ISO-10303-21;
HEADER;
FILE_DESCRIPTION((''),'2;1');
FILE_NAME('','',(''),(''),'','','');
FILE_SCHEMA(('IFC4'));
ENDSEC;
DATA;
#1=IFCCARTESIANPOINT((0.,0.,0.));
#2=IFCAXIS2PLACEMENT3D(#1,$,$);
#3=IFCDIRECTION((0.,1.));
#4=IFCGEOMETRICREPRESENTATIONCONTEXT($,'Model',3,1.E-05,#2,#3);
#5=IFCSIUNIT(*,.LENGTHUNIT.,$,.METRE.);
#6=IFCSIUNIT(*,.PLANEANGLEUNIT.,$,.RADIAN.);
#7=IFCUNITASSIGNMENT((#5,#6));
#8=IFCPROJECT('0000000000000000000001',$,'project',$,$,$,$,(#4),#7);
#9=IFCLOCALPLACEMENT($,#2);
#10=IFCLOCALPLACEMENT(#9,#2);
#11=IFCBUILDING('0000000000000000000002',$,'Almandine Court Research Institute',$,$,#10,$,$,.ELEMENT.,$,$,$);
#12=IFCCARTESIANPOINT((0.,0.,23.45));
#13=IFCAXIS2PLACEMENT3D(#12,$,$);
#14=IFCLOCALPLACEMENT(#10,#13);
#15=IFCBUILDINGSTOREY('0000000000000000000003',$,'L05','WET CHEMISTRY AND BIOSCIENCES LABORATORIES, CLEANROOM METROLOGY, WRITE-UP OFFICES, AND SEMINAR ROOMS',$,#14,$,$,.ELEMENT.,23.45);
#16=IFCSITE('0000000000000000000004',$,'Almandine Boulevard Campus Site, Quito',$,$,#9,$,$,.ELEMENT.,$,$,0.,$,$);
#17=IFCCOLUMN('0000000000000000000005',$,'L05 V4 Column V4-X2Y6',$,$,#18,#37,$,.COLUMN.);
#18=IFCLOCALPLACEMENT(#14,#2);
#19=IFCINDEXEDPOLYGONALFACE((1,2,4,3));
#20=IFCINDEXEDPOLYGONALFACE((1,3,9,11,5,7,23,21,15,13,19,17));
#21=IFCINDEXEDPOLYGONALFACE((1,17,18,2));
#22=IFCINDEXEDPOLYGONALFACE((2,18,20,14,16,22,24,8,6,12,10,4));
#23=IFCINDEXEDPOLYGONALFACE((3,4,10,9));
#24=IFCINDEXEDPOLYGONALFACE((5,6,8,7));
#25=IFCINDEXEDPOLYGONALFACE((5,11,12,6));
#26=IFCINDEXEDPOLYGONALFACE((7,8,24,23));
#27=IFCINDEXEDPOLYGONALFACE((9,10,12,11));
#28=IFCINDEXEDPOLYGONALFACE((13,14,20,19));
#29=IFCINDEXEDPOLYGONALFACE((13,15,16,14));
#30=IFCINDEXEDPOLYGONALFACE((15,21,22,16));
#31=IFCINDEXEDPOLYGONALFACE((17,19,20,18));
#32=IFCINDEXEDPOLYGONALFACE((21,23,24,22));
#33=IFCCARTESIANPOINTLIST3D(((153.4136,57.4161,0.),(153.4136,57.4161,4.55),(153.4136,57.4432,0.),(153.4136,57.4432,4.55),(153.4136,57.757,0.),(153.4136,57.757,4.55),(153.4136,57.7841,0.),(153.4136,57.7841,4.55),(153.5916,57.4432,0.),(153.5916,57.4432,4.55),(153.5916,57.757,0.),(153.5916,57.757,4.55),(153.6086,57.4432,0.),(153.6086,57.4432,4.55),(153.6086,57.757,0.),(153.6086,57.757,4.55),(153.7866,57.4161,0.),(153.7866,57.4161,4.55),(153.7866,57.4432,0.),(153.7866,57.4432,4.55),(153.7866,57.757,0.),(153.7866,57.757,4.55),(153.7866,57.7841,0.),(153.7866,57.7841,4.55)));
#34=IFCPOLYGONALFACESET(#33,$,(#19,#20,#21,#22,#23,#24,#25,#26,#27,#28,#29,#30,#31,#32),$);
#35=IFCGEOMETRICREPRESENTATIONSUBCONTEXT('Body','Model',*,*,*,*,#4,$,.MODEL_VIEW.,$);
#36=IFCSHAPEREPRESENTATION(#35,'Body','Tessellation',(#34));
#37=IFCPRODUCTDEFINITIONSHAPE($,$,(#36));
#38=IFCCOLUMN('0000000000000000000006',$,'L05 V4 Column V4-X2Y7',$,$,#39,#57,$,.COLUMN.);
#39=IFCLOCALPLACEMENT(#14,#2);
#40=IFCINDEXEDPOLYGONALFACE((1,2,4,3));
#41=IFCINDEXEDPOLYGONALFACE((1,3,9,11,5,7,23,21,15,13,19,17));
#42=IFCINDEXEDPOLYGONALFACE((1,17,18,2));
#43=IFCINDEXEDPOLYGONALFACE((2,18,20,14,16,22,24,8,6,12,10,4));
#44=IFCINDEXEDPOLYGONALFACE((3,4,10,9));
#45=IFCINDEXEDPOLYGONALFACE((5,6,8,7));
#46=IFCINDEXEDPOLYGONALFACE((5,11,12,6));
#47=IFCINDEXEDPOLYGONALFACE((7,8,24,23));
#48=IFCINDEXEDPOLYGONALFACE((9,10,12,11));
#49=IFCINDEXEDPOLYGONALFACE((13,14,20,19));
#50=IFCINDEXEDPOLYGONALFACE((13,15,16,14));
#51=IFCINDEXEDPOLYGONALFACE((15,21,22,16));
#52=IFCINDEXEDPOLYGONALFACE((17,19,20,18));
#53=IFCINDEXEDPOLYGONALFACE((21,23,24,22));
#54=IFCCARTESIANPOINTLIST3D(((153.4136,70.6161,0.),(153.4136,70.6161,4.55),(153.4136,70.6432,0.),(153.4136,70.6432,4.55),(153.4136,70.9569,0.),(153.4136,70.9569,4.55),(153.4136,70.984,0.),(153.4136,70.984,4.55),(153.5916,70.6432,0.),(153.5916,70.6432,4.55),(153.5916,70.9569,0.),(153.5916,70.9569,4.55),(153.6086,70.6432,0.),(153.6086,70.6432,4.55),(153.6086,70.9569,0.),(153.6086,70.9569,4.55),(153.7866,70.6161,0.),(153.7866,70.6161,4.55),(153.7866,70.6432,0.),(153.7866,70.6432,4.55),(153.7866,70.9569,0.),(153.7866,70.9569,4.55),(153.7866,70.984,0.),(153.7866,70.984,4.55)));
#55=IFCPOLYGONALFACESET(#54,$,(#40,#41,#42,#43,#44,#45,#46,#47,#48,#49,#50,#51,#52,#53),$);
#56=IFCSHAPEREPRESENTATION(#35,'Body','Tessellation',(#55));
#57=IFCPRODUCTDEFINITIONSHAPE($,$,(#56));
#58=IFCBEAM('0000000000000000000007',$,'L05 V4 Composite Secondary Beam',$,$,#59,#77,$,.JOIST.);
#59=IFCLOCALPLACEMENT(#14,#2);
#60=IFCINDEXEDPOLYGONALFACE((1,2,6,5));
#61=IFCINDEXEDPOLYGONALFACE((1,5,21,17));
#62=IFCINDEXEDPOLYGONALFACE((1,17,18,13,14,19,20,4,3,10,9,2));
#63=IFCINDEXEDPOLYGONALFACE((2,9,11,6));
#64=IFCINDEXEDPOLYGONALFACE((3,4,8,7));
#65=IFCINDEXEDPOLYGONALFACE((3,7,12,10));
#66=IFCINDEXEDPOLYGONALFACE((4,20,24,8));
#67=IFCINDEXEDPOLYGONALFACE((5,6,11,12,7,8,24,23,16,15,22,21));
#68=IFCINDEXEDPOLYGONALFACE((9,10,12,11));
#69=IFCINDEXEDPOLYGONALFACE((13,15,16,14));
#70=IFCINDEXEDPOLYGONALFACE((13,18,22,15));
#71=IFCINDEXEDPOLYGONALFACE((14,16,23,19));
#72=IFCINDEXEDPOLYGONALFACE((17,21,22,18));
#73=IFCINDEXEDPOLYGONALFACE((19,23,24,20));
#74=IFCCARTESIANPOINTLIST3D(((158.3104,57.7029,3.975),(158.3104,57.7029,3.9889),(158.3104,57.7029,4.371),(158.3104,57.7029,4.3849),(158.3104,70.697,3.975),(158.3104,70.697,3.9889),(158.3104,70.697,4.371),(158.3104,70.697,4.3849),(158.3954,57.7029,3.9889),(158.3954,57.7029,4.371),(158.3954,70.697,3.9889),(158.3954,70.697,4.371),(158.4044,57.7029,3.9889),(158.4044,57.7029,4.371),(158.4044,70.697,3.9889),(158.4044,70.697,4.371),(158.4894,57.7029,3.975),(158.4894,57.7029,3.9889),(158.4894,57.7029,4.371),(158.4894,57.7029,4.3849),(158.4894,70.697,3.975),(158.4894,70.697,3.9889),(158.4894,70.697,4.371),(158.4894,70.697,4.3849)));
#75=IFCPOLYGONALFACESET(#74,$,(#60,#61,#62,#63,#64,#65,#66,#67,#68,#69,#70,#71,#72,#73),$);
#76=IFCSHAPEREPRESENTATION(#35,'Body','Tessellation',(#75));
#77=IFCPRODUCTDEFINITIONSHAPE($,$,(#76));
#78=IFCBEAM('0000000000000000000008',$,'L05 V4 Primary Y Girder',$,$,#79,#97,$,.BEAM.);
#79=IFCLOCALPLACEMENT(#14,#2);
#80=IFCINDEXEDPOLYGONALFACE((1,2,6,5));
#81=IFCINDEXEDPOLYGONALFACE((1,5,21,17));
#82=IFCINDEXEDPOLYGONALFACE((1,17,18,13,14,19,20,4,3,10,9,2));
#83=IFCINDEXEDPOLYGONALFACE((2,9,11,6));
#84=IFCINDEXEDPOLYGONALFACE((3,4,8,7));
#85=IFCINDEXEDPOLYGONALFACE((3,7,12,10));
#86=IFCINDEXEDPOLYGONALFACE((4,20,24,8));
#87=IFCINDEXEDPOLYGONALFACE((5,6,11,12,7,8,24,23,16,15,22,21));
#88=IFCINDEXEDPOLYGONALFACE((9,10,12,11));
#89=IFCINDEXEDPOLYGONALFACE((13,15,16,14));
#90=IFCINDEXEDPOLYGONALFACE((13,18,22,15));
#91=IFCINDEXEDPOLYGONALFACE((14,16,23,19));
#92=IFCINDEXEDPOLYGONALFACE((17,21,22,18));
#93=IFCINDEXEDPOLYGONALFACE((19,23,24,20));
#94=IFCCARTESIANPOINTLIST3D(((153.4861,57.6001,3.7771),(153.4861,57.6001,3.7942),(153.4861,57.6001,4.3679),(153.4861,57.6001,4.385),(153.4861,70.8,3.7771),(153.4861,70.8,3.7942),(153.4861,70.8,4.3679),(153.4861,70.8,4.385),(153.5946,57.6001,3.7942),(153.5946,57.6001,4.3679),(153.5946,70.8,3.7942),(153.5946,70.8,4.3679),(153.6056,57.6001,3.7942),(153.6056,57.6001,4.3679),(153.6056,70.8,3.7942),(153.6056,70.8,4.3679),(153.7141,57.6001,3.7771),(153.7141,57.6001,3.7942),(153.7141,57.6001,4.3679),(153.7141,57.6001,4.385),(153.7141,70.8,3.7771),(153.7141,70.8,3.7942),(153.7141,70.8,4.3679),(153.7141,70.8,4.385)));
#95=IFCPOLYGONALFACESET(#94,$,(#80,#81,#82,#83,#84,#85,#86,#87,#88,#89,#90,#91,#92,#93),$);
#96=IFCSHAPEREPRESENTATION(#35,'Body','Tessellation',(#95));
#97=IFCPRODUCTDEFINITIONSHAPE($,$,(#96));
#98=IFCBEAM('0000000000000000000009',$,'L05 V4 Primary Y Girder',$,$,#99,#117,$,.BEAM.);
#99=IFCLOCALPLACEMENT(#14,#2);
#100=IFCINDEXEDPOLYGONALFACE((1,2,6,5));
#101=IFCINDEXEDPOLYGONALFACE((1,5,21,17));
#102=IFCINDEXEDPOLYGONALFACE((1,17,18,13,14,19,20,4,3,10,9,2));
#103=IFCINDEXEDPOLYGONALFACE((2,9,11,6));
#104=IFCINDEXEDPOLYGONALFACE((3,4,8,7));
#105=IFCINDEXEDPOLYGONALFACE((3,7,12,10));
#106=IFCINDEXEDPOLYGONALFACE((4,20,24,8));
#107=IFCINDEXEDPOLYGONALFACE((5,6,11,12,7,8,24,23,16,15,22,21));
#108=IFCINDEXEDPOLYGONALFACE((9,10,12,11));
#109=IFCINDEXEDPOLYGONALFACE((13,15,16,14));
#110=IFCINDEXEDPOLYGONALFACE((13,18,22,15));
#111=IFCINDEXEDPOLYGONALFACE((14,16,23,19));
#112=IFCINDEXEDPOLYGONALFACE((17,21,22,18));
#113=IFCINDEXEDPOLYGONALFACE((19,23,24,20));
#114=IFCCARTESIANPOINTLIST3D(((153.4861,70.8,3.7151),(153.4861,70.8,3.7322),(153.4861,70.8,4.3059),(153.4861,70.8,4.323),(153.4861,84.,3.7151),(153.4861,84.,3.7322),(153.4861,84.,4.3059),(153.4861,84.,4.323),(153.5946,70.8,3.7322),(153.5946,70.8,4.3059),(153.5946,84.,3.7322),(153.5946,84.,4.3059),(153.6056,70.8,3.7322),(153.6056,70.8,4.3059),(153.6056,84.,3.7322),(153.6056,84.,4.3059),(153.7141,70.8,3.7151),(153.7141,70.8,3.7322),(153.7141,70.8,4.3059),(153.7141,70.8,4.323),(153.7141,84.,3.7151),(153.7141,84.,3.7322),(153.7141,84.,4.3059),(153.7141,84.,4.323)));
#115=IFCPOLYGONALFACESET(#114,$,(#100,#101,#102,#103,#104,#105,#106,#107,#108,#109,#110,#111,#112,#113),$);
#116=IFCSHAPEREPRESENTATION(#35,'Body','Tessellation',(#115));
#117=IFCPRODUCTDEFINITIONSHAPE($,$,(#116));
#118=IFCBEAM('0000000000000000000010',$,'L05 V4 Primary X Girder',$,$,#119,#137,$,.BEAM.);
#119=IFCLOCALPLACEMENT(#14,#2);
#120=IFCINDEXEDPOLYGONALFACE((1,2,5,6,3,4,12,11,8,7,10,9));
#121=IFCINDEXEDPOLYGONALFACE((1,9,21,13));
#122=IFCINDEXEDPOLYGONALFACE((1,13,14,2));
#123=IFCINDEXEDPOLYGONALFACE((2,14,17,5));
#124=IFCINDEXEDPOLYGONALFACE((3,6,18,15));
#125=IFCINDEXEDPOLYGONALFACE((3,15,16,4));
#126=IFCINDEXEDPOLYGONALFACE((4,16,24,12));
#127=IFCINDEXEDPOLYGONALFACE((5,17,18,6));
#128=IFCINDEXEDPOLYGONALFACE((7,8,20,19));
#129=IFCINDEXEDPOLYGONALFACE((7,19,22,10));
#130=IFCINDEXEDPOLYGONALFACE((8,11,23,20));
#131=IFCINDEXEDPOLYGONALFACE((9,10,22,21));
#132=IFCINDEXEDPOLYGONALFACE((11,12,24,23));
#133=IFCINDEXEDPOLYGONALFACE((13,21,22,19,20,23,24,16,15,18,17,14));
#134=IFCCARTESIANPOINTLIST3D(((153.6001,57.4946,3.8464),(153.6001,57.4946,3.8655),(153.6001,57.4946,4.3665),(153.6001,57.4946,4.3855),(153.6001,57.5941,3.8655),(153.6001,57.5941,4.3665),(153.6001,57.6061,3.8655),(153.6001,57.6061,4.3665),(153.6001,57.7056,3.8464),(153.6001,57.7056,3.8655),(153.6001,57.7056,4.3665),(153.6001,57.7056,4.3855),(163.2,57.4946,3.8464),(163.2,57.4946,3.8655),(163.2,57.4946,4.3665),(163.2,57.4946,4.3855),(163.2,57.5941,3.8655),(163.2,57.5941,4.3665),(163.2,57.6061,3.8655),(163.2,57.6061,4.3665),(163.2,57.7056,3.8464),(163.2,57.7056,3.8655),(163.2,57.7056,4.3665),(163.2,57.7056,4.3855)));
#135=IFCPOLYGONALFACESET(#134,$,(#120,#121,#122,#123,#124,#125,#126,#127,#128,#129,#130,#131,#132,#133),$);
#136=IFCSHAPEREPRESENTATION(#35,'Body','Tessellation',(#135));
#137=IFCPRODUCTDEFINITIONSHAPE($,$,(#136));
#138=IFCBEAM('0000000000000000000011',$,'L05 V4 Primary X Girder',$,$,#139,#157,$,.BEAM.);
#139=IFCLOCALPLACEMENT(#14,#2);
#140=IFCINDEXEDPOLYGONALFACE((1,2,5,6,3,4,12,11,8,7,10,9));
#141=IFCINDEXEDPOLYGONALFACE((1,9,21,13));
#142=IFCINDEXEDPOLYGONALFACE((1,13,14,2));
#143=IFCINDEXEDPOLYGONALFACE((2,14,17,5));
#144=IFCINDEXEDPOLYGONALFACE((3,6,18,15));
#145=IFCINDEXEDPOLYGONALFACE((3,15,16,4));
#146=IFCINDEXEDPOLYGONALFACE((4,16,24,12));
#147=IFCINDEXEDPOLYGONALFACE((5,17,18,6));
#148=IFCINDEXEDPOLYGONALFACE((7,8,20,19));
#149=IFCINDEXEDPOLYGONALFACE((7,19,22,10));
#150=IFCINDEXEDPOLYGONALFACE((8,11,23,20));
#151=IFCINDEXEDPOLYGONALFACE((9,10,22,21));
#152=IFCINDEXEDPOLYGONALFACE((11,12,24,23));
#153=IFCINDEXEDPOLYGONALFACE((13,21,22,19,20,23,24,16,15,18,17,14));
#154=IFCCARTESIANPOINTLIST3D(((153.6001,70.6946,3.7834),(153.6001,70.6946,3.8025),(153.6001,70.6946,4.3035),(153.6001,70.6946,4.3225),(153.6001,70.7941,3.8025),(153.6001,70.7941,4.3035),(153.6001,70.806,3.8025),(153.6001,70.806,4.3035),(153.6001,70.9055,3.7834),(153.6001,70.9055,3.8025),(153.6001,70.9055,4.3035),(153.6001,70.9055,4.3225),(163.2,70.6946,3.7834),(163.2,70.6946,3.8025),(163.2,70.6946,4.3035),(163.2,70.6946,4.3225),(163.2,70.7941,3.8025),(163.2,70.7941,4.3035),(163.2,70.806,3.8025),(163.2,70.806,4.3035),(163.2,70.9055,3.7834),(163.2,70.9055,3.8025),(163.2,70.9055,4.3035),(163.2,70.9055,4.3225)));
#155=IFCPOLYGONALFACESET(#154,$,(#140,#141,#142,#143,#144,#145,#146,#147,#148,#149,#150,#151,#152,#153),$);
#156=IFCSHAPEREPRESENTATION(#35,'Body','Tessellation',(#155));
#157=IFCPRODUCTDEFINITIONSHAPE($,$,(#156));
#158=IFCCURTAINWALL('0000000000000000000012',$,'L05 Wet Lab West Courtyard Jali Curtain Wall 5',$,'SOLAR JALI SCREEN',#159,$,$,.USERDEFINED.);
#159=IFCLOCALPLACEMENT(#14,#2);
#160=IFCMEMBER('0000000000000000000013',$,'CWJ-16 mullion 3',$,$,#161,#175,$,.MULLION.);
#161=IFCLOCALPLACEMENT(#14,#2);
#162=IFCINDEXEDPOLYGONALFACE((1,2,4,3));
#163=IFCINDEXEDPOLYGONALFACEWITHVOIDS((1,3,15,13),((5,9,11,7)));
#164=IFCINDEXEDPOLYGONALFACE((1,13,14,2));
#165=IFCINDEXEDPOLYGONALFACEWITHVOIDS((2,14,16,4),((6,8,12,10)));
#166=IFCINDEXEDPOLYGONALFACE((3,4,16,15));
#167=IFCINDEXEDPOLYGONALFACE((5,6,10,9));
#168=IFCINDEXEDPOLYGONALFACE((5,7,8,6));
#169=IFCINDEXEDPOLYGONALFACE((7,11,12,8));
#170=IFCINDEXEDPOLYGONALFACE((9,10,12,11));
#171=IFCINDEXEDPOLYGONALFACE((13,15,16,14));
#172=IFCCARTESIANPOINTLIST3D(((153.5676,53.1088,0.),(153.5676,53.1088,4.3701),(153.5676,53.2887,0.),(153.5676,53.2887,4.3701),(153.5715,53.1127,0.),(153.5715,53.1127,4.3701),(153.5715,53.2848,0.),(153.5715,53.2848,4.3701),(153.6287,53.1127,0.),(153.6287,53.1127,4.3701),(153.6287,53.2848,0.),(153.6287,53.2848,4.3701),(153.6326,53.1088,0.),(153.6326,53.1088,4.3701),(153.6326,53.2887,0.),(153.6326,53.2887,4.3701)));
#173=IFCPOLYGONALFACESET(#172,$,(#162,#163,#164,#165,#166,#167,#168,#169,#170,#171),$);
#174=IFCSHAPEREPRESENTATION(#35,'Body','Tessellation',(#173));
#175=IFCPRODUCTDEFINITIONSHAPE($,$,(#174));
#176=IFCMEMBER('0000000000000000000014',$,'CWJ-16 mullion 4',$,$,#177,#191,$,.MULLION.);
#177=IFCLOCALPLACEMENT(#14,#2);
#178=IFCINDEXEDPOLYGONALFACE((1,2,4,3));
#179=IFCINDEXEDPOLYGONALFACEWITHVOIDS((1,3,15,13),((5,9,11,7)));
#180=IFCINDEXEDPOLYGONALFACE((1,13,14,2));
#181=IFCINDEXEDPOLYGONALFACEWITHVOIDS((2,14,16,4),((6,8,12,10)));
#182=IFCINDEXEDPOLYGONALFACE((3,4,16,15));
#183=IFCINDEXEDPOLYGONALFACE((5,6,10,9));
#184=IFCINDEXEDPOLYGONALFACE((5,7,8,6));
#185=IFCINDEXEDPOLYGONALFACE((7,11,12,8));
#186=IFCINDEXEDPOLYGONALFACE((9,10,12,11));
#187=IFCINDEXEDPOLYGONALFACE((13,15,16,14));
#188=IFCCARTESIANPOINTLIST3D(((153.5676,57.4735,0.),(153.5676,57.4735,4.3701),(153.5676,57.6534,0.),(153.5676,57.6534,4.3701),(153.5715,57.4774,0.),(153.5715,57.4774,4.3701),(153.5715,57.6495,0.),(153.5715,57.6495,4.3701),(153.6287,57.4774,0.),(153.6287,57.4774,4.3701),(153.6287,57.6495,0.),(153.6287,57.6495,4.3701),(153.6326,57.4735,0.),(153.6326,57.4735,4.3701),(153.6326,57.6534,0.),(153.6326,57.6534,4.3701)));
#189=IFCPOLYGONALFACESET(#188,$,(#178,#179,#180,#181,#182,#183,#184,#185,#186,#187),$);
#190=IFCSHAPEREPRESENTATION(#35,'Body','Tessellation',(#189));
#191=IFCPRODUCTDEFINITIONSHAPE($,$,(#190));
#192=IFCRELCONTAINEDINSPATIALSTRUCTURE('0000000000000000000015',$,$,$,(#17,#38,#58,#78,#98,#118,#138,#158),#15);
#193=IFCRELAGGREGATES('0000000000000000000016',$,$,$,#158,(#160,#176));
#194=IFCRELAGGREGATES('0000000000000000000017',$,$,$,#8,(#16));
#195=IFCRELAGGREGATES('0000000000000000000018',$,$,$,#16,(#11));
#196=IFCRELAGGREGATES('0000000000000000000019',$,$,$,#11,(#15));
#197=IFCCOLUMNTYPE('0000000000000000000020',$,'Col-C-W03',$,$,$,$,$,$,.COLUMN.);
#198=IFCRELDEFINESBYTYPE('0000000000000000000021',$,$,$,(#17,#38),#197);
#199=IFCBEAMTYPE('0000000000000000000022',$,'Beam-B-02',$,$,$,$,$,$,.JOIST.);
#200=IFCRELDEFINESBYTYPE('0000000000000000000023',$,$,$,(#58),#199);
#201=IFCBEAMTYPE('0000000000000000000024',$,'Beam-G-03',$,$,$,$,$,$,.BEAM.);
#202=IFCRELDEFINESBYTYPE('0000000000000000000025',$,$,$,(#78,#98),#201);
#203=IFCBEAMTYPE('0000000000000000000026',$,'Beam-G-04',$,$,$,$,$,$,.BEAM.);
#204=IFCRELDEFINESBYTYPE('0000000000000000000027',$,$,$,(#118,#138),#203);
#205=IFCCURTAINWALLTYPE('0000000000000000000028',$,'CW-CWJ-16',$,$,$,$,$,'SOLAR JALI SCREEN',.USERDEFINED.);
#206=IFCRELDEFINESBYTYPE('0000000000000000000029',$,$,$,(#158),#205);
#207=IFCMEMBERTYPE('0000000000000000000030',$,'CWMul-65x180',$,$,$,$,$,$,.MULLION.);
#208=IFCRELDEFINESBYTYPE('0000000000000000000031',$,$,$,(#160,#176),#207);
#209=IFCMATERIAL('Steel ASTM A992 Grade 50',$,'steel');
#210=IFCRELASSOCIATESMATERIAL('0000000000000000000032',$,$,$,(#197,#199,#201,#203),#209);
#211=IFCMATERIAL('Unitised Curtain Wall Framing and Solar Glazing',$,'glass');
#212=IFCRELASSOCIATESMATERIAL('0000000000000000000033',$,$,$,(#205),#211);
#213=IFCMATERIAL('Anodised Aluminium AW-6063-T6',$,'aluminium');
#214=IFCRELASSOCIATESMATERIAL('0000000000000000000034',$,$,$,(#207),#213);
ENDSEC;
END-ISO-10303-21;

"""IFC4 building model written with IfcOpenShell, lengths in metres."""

from ifc_helpers import new_model, si_unit, direction, frame, origin, origin_2d, place, context, subcontext, project, spatial, hollow_rectangle, i_section, extrude, material, material_profile, profile_set, type_object, element, aggregate, save


model = new_model("IFC4")

# Units and contexts
model_context = context("Model", 3, precision=1e-05, world=origin(), true_north=direction((0.0, 1.0)))
body_context = subcontext(model_context, "Body", "Model", "MODEL_VIEW")
ifc_project = project(units=[si_unit("LENGTHUNIT", "METRE"), si_unit("PLANEANGLEUNIT", "RADIAN")], contexts=[model_context])

# Site, building, storey
site_placement = place(None, origin())
site = spatial("IfcSite", under=ifc_project, at=site_placement, Name="Almandine Boulevard Campus Site, Quito", CompositionType="ELEMENT", RefElevation=0.0)
building_placement = place(site_placement, origin())
building = spatial("IfcBuilding", under=site, at=building_placement, Name="Almandine Court Research Institute", CompositionType="ELEMENT")
storey_placement = place(building_placement, frame((0.0, 0.0, 23.45)))
storey = spatial("IfcBuildingStorey", under=building, at=storey_placement, Name="L05", Description="WET CHEMISTRY AND BIOSCIENCES LABORATORIES, CLEANROOM METROLOGY, WRITE-UP OFFICES, AND SEMINAR ROOMS", CompositionType="ELEMENT", Elevation=23.45)

# Columns
ifc_material_1 = material(Name="Steel ASTM A992 Grade 50", Category="steel")
ifc_material_profile_1 = material_profile(ifc_material_1, i_section(OverallWidth=0.373, OverallDepth=0.3679, WebThickness=0.0171, FlangeThickness=0.0271, at=origin_2d()), Name="W360x179")
ifc_profile_set_1 = profile_set([ifc_material_profile_1], Name="Steel ASTM A992 Grade 50")
column_type = type_object("IfcColumnType", Name="Col-C-W03", PredefinedType="COLUMN", material=ifc_profile_set_1)
for number, where, z_axis, x_axis, name in (
    (1, (153.6001, 57.6001, 0.0), (0.0, 0.0, 1.0), (1.0, 0.0, 0.0), "L05 V4 Column V4-X2Y6"),
    (2, (153.6001, 70.8, 0.0), (0.0, 0.0, 1.0), (1.0, 0.0, 0.0), "L05 V4 Column V4-X2Y7"),
):
    element("IfcColumn", number, at=place(storey_placement, frame(where, z_axis=z_axis, x_axis=x_axis)), inside=storey, type_object=column_type, Name=name, PredefinedType="COLUMN", context=body_context, shape_type="SweptSolid", body=[
        extrude(i_section(OverallWidth=0.373, OverallDepth=0.3679, WebThickness=0.0171, FlangeThickness=0.0271, at=origin_2d()), origin(), (0.0, 0.0, 1.0), 4.55),
    ])

# Beams
ifc_material_profile_2 = material_profile(ifc_material_1, i_section(OverallWidth=0.179, OverallDepth=0.4099, WebThickness=0.009, FlangeThickness=0.0139, at=origin_2d()), Name="W410x67")
ifc_profile_set_2 = profile_set([ifc_material_profile_2], Name="Steel ASTM A992 Grade 50")
beam_type_1 = type_object("IfcBeamType", Name="Beam-B-02", PredefinedType="JOIST", material=ifc_profile_set_2)
beam_placement = place(storey_placement, frame((158.3999, 57.7029, 4.1799), z_axis=(0.0, 1.0, 0.0), x_axis=(-1.0, 0.0, 0.0)))
element("IfcBeam", 3, at=beam_placement, inside=storey, type_object=beam_type_1, Name="L05 V4 Composite Secondary Beam", PredefinedType="JOIST", context=body_context, shape_type="SweptSolid", body=[
    extrude(i_section(OverallWidth=0.179, OverallDepth=0.4099, WebThickness=0.009, FlangeThickness=0.0139, at=origin_2d()), origin(), (0.0, 0.0, 1.0), 12.9941),
])
ifc_material_profile_3 = material_profile(ifc_material_1, i_section(OverallWidth=0.228, OverallDepth=0.6079, WebThickness=0.011, FlangeThickness=0.0171, at=origin_2d()), Name="W610x113")
ifc_profile_set_3 = profile_set([ifc_material_profile_3], Name="Steel ASTM A992 Grade 50")
beam_type_2 = type_object("IfcBeamType", Name="Beam-G-03", PredefinedType="BEAM", material=ifc_profile_set_3)
for number, where, z_axis, x_axis, name in (
    (4, (153.6001, 57.6001, 4.0811), (0.0, 1.0, 0.0), (-1.0, 0.0, 0.0), "L05 V4 Primary Y Girder"),
    (5, (153.6001, 70.8, 4.019), (0.0, 1.0, 0.0), (-1.0, 0.0, 0.0), "L05 V4 Primary Y Girder"),
):
    element("IfcBeam", number, at=place(storey_placement, frame(where, z_axis=z_axis, x_axis=x_axis)), inside=storey, type_object=beam_type_2, Name=name, PredefinedType="BEAM", context=body_context, shape_type="SweptSolid", body=[
        extrude(i_section(OverallWidth=0.228, OverallDepth=0.6079, WebThickness=0.011, FlangeThickness=0.0171, at=origin_2d()), origin(), (0.0, 0.0, 1.0), 13.2),
    ])
ifc_material_profile_4 = material_profile(ifc_material_1, i_section(OverallWidth=0.2109, OverallDepth=0.5391, WebThickness=0.012, FlangeThickness=0.019, at=origin_2d()), Name="W530x109")
ifc_profile_set_4 = profile_set([ifc_material_profile_4], Name="Steel ASTM A992 Grade 50")
beam_type_3 = type_object("IfcBeamType", Name="Beam-G-04", PredefinedType="BEAM", material=ifc_profile_set_4)
for number, where, z_axis, x_axis, name in (
    (6, (153.6001, 57.6001, 4.116), (1.0, 0.0, 0.0), (0.0, 1.0, 0.0), "L05 V4 Primary X Girder"),
    (7, (153.6001, 70.8, 4.053), (1.0, 0.0, 0.0), (0.0, 1.0, 0.0), "L05 V4 Primary X Girder"),
):
    element("IfcBeam", number, at=place(storey_placement, frame(where, z_axis=z_axis, x_axis=x_axis)), inside=storey, type_object=beam_type_3, Name=name, PredefinedType="BEAM", context=body_context, shape_type="SweptSolid", body=[
        extrude(i_section(OverallWidth=0.2109, OverallDepth=0.5391, WebThickness=0.012, FlangeThickness=0.019, at=origin_2d()), origin(), (0.0, 0.0, 1.0), 9.5999),
    ])

# Curtain wall, members
ifc_material_2 = material(Name="Unitised Curtain Wall Framing and Solar Glazing", Category="glass")
curtain_wall_type = type_object("IfcCurtainWallType", Name="CW-CWJ-16", ElementType="SOLAR JALI SCREEN", PredefinedType="USERDEFINED", material=ifc_material_2)
curtain_wall_placement = place(storey_placement, origin())
curtain_wall = element("IfcCurtainWall", 8, at=curtain_wall_placement, inside=storey, type_object=curtain_wall_type, Name="L05 Wet Lab West Courtyard Jali Curtain Wall 5", ObjectType="SOLAR JALI SCREEN", PredefinedType="USERDEFINED")
ifc_material_3 = material(Name="Anodised Aluminium AW-6063-T6", Category="aluminium")
ifc_material_profile_5 = material_profile(ifc_material_3, hollow_rectangle(XDim=0.0649, YDim=0.1799, WallThickness=0.0039, at=origin_2d()), Name="ALU RHS 65x180x4")
ifc_profile_set_5 = profile_set([ifc_material_profile_5], Name="Anodised Aluminium AW-6063-T6")
member_type_1 = type_object("IfcMemberType", Name="CWMul-65x180", PredefinedType="MULLION", material=ifc_profile_set_5)
member_1_placement = place(storey_placement, frame((153.6001, 53.1987, 0.0), z_axis=(0.0, 0.0, 1.0), x_axis=(-1.0, 0.0, 0.0)))
member_1 = element("IfcMember", 9, at=member_1_placement, type_object=member_type_1, Name="CWJ-16 mullion 3", PredefinedType="MULLION", context=body_context, shape_type="SweptSolid", body=[
    extrude(hollow_rectangle(XDim=0.0649, YDim=0.1799, WallThickness=0.0039, at=origin_2d()), origin(), (0.0, 0.0, 1.0), 4.3701),
])
member_2_placement = place(storey_placement, frame((153.6001, 57.5635, 0.0), z_axis=(0.0, 0.0, 1.0), x_axis=(-1.0, 0.0, 0.0)))
member_2 = element("IfcMember", 10, at=member_2_placement, type_object=member_type_1, Name="CWJ-16 mullion 4", PredefinedType="MULLION", context=body_context, shape_type="SweptSolid", body=[
    extrude(hollow_rectangle(XDim=0.0649, YDim=0.1799, WallThickness=0.0039, at=origin_2d()), origin(), (0.0, 0.0, 1.0), 4.3701),
])
aggregate(curtain_wall, [member_1, member_2])

save(model, "model.ifc")
